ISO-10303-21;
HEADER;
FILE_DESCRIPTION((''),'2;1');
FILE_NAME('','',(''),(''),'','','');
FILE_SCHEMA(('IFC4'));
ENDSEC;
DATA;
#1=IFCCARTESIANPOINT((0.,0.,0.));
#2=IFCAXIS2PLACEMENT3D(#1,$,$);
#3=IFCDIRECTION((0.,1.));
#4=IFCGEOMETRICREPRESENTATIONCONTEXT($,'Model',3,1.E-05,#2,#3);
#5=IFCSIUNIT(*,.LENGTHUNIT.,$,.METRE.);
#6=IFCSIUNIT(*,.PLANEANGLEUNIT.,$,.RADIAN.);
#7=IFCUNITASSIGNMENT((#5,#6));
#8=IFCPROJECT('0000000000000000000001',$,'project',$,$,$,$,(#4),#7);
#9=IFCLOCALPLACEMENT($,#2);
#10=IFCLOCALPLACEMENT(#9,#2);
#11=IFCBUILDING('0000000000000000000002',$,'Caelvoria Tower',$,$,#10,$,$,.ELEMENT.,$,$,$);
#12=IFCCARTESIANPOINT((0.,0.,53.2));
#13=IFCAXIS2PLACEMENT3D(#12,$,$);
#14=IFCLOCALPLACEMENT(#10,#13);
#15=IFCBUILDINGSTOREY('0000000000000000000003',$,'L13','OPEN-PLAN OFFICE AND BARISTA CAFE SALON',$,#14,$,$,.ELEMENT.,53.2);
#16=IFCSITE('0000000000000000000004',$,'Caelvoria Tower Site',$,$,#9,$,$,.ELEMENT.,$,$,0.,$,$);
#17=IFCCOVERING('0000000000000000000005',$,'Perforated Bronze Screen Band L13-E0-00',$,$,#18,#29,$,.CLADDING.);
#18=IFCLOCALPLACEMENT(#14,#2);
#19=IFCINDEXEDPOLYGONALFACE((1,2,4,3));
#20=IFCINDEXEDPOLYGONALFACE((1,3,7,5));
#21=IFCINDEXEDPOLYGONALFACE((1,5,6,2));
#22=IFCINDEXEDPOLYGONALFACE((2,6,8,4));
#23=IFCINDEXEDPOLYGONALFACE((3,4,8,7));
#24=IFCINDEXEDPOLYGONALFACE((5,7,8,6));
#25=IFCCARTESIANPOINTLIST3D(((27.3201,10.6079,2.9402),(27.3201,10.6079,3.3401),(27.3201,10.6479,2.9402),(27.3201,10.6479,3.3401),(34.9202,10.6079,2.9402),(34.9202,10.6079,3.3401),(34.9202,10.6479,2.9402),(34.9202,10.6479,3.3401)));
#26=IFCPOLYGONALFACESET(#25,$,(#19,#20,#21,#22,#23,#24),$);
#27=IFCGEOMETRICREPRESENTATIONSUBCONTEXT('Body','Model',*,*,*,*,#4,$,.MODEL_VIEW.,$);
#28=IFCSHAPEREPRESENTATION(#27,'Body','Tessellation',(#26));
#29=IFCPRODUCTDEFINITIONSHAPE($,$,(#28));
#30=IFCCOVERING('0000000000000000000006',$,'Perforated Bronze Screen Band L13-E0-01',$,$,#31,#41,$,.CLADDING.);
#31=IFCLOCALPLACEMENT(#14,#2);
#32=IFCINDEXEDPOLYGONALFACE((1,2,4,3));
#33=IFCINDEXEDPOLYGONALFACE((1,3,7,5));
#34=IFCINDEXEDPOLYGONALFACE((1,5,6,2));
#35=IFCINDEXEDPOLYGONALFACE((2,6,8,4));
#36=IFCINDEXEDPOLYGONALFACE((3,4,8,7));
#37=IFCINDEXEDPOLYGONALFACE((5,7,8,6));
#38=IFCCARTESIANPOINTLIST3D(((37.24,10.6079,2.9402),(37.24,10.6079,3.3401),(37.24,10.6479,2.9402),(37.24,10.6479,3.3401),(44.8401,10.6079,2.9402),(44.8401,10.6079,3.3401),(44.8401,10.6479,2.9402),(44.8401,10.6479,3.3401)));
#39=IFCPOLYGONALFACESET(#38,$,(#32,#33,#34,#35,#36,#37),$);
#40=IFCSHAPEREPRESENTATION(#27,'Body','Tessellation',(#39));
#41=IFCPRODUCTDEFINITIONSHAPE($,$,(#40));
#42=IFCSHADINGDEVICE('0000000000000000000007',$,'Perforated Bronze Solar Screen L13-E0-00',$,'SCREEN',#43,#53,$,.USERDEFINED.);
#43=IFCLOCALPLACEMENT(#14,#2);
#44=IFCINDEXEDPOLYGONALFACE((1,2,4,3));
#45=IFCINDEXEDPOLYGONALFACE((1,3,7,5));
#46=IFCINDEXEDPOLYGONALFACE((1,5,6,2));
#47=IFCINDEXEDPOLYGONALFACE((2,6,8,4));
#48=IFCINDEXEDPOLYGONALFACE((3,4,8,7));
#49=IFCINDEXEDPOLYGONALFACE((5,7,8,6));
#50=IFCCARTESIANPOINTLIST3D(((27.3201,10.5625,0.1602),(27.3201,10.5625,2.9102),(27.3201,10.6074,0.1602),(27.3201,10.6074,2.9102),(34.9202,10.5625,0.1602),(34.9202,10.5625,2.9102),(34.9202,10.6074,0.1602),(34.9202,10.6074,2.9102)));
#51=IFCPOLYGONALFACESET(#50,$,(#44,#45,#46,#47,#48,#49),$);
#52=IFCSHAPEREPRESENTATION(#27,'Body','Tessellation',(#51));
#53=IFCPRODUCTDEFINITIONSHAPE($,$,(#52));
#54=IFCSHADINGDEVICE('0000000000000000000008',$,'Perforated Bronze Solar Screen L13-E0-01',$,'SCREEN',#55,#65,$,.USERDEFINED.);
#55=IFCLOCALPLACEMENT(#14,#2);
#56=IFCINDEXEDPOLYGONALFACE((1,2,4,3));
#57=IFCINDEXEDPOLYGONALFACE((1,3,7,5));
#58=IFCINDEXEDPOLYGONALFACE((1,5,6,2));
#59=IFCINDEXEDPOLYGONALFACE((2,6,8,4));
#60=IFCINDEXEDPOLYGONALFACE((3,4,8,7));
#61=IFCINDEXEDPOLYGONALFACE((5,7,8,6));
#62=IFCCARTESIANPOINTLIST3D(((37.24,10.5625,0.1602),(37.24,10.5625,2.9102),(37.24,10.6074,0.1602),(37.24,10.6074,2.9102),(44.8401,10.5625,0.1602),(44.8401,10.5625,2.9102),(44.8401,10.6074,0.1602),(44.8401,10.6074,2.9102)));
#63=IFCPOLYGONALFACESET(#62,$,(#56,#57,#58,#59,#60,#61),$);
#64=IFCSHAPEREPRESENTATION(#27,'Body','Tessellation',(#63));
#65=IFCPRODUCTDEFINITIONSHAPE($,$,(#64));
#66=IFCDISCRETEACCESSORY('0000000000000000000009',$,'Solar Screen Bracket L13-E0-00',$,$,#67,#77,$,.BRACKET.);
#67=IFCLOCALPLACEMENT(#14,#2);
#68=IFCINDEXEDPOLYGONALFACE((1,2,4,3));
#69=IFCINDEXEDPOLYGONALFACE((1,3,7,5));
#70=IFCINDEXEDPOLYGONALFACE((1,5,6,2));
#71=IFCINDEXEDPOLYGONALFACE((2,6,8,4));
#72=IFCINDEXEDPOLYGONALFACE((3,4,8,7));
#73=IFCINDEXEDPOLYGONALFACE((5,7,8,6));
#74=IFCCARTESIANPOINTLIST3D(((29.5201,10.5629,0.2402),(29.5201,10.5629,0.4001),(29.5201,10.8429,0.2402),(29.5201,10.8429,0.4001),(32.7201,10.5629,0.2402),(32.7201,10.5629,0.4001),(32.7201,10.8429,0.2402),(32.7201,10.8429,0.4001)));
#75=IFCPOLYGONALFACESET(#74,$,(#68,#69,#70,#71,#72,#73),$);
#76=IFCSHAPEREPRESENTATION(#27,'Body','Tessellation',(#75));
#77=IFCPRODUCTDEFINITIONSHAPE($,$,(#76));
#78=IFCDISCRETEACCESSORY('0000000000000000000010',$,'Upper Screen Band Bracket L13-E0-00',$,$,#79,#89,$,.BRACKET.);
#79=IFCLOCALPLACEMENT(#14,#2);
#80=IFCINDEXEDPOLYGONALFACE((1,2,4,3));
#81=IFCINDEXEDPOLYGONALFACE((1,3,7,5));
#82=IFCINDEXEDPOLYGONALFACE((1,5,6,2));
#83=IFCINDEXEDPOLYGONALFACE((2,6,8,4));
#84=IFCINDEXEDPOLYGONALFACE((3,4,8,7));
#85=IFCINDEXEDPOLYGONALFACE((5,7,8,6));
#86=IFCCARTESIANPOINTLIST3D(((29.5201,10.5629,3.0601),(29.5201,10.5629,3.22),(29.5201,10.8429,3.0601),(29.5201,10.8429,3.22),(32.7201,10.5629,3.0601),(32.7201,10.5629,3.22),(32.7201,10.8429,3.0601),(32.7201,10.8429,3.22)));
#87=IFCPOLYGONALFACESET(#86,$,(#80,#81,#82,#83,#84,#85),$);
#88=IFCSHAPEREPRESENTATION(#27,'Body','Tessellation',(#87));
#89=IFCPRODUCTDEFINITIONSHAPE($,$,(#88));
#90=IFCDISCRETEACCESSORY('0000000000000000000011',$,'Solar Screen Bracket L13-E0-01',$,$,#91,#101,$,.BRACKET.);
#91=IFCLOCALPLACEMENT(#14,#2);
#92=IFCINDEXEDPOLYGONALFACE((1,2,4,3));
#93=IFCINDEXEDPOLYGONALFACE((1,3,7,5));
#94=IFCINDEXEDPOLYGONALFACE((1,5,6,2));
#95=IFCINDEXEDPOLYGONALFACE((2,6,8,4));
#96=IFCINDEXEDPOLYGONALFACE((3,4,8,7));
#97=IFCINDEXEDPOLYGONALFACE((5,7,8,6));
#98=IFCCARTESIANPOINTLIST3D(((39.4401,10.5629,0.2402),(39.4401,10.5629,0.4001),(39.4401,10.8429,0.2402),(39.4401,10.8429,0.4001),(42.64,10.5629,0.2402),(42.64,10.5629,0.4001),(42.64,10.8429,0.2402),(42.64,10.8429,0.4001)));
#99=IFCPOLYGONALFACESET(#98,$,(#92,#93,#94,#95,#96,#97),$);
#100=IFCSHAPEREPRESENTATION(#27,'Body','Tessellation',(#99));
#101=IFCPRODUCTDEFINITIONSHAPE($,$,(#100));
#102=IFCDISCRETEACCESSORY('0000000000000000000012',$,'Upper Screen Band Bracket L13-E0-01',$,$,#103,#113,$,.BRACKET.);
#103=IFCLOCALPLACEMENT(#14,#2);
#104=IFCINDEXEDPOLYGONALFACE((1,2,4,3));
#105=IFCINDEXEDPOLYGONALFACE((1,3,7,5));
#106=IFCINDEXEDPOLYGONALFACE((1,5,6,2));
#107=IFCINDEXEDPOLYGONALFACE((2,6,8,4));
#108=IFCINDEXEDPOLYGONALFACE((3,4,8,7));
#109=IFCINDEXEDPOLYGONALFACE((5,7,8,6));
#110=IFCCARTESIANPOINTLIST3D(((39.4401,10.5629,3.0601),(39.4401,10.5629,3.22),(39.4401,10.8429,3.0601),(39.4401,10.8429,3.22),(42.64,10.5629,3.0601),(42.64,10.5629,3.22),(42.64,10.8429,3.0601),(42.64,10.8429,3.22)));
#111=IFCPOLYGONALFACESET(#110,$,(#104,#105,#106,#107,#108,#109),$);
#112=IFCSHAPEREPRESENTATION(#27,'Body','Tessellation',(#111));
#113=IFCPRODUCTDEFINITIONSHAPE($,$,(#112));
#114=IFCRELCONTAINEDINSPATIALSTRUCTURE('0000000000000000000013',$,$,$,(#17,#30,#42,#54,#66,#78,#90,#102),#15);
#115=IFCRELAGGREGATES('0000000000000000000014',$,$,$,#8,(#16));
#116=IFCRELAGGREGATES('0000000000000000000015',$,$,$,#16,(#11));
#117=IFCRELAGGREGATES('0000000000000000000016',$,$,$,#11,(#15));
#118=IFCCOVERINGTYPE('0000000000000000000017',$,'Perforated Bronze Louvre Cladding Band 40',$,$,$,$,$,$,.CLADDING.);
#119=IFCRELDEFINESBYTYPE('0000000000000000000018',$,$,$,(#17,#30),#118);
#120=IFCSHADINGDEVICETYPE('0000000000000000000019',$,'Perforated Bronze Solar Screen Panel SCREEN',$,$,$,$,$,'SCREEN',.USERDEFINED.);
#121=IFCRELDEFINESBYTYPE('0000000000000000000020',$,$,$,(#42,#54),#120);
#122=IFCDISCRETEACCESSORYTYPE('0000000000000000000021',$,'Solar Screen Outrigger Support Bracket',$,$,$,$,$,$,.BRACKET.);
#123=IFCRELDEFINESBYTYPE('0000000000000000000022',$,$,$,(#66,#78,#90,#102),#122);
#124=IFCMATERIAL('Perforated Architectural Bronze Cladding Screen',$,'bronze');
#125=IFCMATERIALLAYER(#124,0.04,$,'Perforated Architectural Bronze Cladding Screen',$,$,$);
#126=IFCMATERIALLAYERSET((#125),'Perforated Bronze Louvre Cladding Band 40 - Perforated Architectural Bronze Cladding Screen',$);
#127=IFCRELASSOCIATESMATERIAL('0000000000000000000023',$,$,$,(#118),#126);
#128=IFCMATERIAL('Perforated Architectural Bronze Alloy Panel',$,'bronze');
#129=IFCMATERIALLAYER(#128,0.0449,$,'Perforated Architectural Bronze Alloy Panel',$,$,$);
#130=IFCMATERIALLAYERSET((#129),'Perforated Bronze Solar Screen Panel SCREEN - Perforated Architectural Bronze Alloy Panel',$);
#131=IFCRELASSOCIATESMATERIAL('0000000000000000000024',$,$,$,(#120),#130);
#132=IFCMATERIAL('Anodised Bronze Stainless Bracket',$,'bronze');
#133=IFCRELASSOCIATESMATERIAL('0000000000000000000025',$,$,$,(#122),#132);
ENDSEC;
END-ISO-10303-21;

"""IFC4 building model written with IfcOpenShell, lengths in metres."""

from ifc_helpers import new_model, si_unit, direction, frame, origin, origin_2d, place, context, subcontext, project, spatial, rectangle, extrude, material, layer, layer_set, type_object, element, save


model = new_model("IFC4")

# Units and contexts
model_context = context("Model", 3, precision=1e-05, world=origin(), true_north=direction((0.0, 1.0)))
body_context = subcontext(model_context, "Body", "Model", "MODEL_VIEW")
ifc_project = project(units=[si_unit("LENGTHUNIT", "METRE"), si_unit("PLANEANGLEUNIT", "RADIAN")], contexts=[model_context])

# Site, building, storey
site_placement = place(None, origin())
site = spatial("IfcSite", under=ifc_project, at=site_placement, Name="Caelvoria Tower Site", CompositionType="ELEMENT", RefElevation=0.0)
building_placement = place(site_placement, origin())
building = spatial("IfcBuilding", under=site, at=building_placement, Name="Caelvoria Tower", CompositionType="ELEMENT")
storey_placement = place(building_placement, frame((0.0, 0.0, 53.2)))
storey = spatial("IfcBuildingStorey", under=building, at=storey_placement, Name="L13", Description="OPEN-PLAN OFFICE AND BARISTA CAFE SALON", CompositionType="ELEMENT", Elevation=53.2)

# Coverings
ifc_material_1 = material(Name="Perforated Architectural Bronze Cladding Screen", Category="bronze")
ifc_layer_1 = layer(ifc_material_1, 0.04, Name="Perforated Architectural Bronze Cladding Screen")
ifc_layer_set_1 = layer_set([ifc_layer_1], Name="Perforated Bronze Louvre Cladding Band 40 - Perforated Architectural Bronze Cladding Screen")
covering_type = type_object("IfcCoveringType", Name="Perforated Bronze Louvre Cladding Band 40", PredefinedType="CLADDING", material=ifc_layer_set_1)
for number, where, z_axis, x_axis, name in (
    (1, (31.1201, 10.6279, 2.9402), (0.0, 0.0, 1.0), (1.0, 0.0, 0.0), "Perforated Bronze Screen Band L13-E0-00"),
    (2, (41.04, 10.6279, 2.9402), (0.0, 0.0, 1.0), (1.0, 0.0, 0.0), "Perforated Bronze Screen Band L13-E0-01"),
):
    element("IfcCovering", number, at=place(storey_placement, frame(where, z_axis=z_axis, x_axis=x_axis)), inside=storey, type_object=covering_type, Name=name, PredefinedType="CLADDING", context=body_context, shape_type="SweptSolid", body=[
        extrude(rectangle(XDim=7.6001, YDim=0.04, at=origin_2d()), origin(), (0.0, 0.0, 1.0), 0.3999),
    ])

# Shading devices
ifc_material_2 = material(Name="Perforated Architectural Bronze Alloy Panel", Category="bronze")
ifc_layer_2 = layer(ifc_material_2, 0.0449, Name="Perforated Architectural Bronze Alloy Panel")
ifc_layer_set_2 = layer_set([ifc_layer_2], Name="Perforated Bronze Solar Screen Panel SCREEN - Perforated Architectural Bronze Alloy Panel")
shading_device_type = type_object("IfcShadingDeviceType", Name="Perforated Bronze Solar Screen Panel SCREEN", ElementType="SCREEN", PredefinedType="USERDEFINED", material=ifc_layer_set_2)
for number, where, z_axis, x_axis, name in (
    (3, (31.1201, 10.585, 0.1602), (0.0, 0.0, 1.0), (1.0, 0.0, 0.0), "Perforated Bronze Solar Screen L13-E0-00"),
    (4, (41.04, 10.585, 0.1602), (0.0, 0.0, 1.0), (1.0, 0.0, 0.0), "Perforated Bronze Solar Screen L13-E0-01"),
):
    element("IfcShadingDevice", number, at=place(storey_placement, frame(where, z_axis=z_axis, x_axis=x_axis)), inside=storey, type_object=shading_device_type, Name=name, ObjectType="SCREEN", PredefinedType="USERDEFINED", context=body_context, shape_type="SweptSolid", body=[
        extrude(rectangle(XDim=7.6001, YDim=0.0449, at=origin_2d()), origin(), (0.0, 0.0, 1.0), 2.75),
    ])

# Discrete accessories
ifc_material_3 = material(Name="Anodised Bronze Stainless Bracket", Category="bronze")
discrete_accessory_type = type_object("IfcDiscreteAccessoryType", Name="Solar Screen Outrigger Support Bracket", PredefinedType="BRACKET", material=ifc_material_3)
for number, where, z_axis, x_axis, name in (
    (5, (31.1201, 10.7029, 0.2402), (0.0, 0.0, 1.0), (1.0, 0.0, 0.0), "Solar Screen Bracket L13-E0-00"),
    (6, (31.1201, 10.7029, 3.0601), (0.0, 0.0, 1.0), (1.0, 0.0, 0.0), "Upper Screen Band Bracket L13-E0-00"),
    (7, (41.04, 10.7029, 0.2402), (0.0, 0.0, 1.0), (1.0, 0.0, 0.0), "Solar Screen Bracket L13-E0-01"),
    (8, (41.04, 10.7029, 3.0601), (0.0, 0.0, 1.0), (1.0, 0.0, 0.0), "Upper Screen Band Bracket L13-E0-01"),
):
    element("IfcDiscreteAccessory", number, at=place(storey_placement, frame(where, z_axis=z_axis, x_axis=x_axis)), inside=storey, type_object=discrete_accessory_type, Name=name, PredefinedType="BRACKET", context=body_context, shape_type="SweptSolid", body=[
        extrude(rectangle(XDim=3.2, YDim=0.28, at=origin_2d()), origin(), (0.0, 0.0, 1.0), 0.1599),
    ])

save(model, "model.ifc")
